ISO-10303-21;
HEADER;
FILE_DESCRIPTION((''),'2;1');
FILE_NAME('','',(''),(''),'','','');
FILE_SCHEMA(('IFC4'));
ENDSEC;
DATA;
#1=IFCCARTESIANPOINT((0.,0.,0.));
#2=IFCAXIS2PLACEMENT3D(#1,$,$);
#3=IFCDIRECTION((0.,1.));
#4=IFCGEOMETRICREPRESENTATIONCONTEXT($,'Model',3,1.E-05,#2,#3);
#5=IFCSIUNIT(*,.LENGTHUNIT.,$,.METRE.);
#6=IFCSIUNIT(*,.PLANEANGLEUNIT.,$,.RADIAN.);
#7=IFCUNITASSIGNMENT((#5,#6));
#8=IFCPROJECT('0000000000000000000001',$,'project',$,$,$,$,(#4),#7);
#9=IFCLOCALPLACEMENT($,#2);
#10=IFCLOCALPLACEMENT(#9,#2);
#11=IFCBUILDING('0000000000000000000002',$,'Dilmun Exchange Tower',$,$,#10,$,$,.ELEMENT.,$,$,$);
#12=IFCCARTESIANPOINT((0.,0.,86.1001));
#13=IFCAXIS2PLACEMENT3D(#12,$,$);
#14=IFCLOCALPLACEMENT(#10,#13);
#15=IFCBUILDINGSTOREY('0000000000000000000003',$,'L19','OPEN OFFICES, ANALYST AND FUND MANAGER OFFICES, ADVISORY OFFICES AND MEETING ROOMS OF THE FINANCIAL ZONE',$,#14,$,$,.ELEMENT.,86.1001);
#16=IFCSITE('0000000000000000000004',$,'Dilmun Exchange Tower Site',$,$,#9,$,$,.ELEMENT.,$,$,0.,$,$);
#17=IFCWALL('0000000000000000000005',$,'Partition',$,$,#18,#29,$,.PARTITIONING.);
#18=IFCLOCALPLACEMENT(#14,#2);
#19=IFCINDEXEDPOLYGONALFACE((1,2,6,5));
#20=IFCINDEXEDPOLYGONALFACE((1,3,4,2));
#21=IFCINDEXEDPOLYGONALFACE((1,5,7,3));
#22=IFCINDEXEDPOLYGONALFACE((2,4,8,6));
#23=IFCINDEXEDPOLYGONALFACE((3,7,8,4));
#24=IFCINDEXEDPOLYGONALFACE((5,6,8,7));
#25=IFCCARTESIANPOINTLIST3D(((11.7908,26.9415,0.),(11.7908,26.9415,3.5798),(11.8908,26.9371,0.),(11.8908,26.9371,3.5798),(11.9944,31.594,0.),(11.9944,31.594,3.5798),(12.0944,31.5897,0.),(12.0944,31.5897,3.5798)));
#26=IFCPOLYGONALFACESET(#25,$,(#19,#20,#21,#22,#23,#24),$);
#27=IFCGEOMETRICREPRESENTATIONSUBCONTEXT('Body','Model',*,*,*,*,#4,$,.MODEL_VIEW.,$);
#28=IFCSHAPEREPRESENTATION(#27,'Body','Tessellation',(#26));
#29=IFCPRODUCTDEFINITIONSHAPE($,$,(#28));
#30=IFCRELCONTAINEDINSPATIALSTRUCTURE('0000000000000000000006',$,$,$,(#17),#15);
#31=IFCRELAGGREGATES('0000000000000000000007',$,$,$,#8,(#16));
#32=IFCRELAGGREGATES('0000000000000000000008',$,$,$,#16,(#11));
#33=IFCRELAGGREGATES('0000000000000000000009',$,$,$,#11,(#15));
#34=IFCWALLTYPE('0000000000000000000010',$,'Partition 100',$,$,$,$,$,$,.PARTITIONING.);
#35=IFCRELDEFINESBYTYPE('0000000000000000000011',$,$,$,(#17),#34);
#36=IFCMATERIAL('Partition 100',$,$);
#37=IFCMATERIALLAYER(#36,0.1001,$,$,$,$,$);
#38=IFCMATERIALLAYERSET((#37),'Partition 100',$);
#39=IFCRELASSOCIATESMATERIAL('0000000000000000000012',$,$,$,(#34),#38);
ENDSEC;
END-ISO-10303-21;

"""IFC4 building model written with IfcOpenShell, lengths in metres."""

from ifc_helpers import new_model, si_unit, direction, frame, frame_2d, origin, place, context, subcontext, project, spatial, rectangle, extrude, material, layer, layer_set, type_object, element, save


model = new_model("IFC4")

# Units and contexts
model_context = context("Model", 3, precision=1e-05, world=origin(), true_north=direction((0.0, 1.0)))
body_context = subcontext(model_context, "Body", "Model", "MODEL_VIEW")
ifc_project = project(units=[si_unit("LENGTHUNIT", "METRE"), si_unit("PLANEANGLEUNIT", "RADIAN")], contexts=[model_context])

# Site, building, storey
site_placement = place(None, origin())
site = spatial("IfcSite", under=ifc_project, at=site_placement, Name="Dilmun Exchange Tower Site", CompositionType="ELEMENT", RefElevation=0.0)
building_placement = place(site_placement, origin())
building = spatial("IfcBuilding", under=site, at=building_placement, Name="Dilmun Exchange Tower", CompositionType="ELEMENT")
storey_placement = place(building_placement, frame((0.0, 0.0, 86.1001)))
storey = spatial("IfcBuildingStorey", under=building, at=storey_placement, Name="L19", Description="OPEN OFFICES, ANALYST AND FUND MANAGER OFFICES, ADVISORY OFFICES AND MEETING ROOMS OF THE FINANCIAL ZONE", CompositionType="ELEMENT", Elevation=86.1001)

# Wall
ifc_material_1 = material(Name="Partition 100")
ifc_layer_1 = layer(ifc_material_1, 0.1001)
ifc_layer_set_1 = layer_set([ifc_layer_1], Name="Partition 100")
wall_type = type_object("IfcWallType", Name="Partition 100", PredefinedType="PARTITIONING", material=ifc_layer_set_1)
wall_1_placement = place(storey_placement, frame((11.8408, 26.9392, 0.0), z_axis=(0.0, 0.0, 1.0), x_axis=(0.043722, 0.999044, 0.0)))
element("IfcWall", 1, at=wall_1_placement, inside=storey, type_object=wall_type, Name="Partition", PredefinedType="PARTITIONING", context=body_context, shape_type="SweptSolid", body=[
    extrude(rectangle(XDim=4.657, YDim=0.1001, at=frame_2d((2.3286, 0.0))), origin(), (0.0, 0.0, 1.0), 3.5798),
])

save(model, "model.ifc")
